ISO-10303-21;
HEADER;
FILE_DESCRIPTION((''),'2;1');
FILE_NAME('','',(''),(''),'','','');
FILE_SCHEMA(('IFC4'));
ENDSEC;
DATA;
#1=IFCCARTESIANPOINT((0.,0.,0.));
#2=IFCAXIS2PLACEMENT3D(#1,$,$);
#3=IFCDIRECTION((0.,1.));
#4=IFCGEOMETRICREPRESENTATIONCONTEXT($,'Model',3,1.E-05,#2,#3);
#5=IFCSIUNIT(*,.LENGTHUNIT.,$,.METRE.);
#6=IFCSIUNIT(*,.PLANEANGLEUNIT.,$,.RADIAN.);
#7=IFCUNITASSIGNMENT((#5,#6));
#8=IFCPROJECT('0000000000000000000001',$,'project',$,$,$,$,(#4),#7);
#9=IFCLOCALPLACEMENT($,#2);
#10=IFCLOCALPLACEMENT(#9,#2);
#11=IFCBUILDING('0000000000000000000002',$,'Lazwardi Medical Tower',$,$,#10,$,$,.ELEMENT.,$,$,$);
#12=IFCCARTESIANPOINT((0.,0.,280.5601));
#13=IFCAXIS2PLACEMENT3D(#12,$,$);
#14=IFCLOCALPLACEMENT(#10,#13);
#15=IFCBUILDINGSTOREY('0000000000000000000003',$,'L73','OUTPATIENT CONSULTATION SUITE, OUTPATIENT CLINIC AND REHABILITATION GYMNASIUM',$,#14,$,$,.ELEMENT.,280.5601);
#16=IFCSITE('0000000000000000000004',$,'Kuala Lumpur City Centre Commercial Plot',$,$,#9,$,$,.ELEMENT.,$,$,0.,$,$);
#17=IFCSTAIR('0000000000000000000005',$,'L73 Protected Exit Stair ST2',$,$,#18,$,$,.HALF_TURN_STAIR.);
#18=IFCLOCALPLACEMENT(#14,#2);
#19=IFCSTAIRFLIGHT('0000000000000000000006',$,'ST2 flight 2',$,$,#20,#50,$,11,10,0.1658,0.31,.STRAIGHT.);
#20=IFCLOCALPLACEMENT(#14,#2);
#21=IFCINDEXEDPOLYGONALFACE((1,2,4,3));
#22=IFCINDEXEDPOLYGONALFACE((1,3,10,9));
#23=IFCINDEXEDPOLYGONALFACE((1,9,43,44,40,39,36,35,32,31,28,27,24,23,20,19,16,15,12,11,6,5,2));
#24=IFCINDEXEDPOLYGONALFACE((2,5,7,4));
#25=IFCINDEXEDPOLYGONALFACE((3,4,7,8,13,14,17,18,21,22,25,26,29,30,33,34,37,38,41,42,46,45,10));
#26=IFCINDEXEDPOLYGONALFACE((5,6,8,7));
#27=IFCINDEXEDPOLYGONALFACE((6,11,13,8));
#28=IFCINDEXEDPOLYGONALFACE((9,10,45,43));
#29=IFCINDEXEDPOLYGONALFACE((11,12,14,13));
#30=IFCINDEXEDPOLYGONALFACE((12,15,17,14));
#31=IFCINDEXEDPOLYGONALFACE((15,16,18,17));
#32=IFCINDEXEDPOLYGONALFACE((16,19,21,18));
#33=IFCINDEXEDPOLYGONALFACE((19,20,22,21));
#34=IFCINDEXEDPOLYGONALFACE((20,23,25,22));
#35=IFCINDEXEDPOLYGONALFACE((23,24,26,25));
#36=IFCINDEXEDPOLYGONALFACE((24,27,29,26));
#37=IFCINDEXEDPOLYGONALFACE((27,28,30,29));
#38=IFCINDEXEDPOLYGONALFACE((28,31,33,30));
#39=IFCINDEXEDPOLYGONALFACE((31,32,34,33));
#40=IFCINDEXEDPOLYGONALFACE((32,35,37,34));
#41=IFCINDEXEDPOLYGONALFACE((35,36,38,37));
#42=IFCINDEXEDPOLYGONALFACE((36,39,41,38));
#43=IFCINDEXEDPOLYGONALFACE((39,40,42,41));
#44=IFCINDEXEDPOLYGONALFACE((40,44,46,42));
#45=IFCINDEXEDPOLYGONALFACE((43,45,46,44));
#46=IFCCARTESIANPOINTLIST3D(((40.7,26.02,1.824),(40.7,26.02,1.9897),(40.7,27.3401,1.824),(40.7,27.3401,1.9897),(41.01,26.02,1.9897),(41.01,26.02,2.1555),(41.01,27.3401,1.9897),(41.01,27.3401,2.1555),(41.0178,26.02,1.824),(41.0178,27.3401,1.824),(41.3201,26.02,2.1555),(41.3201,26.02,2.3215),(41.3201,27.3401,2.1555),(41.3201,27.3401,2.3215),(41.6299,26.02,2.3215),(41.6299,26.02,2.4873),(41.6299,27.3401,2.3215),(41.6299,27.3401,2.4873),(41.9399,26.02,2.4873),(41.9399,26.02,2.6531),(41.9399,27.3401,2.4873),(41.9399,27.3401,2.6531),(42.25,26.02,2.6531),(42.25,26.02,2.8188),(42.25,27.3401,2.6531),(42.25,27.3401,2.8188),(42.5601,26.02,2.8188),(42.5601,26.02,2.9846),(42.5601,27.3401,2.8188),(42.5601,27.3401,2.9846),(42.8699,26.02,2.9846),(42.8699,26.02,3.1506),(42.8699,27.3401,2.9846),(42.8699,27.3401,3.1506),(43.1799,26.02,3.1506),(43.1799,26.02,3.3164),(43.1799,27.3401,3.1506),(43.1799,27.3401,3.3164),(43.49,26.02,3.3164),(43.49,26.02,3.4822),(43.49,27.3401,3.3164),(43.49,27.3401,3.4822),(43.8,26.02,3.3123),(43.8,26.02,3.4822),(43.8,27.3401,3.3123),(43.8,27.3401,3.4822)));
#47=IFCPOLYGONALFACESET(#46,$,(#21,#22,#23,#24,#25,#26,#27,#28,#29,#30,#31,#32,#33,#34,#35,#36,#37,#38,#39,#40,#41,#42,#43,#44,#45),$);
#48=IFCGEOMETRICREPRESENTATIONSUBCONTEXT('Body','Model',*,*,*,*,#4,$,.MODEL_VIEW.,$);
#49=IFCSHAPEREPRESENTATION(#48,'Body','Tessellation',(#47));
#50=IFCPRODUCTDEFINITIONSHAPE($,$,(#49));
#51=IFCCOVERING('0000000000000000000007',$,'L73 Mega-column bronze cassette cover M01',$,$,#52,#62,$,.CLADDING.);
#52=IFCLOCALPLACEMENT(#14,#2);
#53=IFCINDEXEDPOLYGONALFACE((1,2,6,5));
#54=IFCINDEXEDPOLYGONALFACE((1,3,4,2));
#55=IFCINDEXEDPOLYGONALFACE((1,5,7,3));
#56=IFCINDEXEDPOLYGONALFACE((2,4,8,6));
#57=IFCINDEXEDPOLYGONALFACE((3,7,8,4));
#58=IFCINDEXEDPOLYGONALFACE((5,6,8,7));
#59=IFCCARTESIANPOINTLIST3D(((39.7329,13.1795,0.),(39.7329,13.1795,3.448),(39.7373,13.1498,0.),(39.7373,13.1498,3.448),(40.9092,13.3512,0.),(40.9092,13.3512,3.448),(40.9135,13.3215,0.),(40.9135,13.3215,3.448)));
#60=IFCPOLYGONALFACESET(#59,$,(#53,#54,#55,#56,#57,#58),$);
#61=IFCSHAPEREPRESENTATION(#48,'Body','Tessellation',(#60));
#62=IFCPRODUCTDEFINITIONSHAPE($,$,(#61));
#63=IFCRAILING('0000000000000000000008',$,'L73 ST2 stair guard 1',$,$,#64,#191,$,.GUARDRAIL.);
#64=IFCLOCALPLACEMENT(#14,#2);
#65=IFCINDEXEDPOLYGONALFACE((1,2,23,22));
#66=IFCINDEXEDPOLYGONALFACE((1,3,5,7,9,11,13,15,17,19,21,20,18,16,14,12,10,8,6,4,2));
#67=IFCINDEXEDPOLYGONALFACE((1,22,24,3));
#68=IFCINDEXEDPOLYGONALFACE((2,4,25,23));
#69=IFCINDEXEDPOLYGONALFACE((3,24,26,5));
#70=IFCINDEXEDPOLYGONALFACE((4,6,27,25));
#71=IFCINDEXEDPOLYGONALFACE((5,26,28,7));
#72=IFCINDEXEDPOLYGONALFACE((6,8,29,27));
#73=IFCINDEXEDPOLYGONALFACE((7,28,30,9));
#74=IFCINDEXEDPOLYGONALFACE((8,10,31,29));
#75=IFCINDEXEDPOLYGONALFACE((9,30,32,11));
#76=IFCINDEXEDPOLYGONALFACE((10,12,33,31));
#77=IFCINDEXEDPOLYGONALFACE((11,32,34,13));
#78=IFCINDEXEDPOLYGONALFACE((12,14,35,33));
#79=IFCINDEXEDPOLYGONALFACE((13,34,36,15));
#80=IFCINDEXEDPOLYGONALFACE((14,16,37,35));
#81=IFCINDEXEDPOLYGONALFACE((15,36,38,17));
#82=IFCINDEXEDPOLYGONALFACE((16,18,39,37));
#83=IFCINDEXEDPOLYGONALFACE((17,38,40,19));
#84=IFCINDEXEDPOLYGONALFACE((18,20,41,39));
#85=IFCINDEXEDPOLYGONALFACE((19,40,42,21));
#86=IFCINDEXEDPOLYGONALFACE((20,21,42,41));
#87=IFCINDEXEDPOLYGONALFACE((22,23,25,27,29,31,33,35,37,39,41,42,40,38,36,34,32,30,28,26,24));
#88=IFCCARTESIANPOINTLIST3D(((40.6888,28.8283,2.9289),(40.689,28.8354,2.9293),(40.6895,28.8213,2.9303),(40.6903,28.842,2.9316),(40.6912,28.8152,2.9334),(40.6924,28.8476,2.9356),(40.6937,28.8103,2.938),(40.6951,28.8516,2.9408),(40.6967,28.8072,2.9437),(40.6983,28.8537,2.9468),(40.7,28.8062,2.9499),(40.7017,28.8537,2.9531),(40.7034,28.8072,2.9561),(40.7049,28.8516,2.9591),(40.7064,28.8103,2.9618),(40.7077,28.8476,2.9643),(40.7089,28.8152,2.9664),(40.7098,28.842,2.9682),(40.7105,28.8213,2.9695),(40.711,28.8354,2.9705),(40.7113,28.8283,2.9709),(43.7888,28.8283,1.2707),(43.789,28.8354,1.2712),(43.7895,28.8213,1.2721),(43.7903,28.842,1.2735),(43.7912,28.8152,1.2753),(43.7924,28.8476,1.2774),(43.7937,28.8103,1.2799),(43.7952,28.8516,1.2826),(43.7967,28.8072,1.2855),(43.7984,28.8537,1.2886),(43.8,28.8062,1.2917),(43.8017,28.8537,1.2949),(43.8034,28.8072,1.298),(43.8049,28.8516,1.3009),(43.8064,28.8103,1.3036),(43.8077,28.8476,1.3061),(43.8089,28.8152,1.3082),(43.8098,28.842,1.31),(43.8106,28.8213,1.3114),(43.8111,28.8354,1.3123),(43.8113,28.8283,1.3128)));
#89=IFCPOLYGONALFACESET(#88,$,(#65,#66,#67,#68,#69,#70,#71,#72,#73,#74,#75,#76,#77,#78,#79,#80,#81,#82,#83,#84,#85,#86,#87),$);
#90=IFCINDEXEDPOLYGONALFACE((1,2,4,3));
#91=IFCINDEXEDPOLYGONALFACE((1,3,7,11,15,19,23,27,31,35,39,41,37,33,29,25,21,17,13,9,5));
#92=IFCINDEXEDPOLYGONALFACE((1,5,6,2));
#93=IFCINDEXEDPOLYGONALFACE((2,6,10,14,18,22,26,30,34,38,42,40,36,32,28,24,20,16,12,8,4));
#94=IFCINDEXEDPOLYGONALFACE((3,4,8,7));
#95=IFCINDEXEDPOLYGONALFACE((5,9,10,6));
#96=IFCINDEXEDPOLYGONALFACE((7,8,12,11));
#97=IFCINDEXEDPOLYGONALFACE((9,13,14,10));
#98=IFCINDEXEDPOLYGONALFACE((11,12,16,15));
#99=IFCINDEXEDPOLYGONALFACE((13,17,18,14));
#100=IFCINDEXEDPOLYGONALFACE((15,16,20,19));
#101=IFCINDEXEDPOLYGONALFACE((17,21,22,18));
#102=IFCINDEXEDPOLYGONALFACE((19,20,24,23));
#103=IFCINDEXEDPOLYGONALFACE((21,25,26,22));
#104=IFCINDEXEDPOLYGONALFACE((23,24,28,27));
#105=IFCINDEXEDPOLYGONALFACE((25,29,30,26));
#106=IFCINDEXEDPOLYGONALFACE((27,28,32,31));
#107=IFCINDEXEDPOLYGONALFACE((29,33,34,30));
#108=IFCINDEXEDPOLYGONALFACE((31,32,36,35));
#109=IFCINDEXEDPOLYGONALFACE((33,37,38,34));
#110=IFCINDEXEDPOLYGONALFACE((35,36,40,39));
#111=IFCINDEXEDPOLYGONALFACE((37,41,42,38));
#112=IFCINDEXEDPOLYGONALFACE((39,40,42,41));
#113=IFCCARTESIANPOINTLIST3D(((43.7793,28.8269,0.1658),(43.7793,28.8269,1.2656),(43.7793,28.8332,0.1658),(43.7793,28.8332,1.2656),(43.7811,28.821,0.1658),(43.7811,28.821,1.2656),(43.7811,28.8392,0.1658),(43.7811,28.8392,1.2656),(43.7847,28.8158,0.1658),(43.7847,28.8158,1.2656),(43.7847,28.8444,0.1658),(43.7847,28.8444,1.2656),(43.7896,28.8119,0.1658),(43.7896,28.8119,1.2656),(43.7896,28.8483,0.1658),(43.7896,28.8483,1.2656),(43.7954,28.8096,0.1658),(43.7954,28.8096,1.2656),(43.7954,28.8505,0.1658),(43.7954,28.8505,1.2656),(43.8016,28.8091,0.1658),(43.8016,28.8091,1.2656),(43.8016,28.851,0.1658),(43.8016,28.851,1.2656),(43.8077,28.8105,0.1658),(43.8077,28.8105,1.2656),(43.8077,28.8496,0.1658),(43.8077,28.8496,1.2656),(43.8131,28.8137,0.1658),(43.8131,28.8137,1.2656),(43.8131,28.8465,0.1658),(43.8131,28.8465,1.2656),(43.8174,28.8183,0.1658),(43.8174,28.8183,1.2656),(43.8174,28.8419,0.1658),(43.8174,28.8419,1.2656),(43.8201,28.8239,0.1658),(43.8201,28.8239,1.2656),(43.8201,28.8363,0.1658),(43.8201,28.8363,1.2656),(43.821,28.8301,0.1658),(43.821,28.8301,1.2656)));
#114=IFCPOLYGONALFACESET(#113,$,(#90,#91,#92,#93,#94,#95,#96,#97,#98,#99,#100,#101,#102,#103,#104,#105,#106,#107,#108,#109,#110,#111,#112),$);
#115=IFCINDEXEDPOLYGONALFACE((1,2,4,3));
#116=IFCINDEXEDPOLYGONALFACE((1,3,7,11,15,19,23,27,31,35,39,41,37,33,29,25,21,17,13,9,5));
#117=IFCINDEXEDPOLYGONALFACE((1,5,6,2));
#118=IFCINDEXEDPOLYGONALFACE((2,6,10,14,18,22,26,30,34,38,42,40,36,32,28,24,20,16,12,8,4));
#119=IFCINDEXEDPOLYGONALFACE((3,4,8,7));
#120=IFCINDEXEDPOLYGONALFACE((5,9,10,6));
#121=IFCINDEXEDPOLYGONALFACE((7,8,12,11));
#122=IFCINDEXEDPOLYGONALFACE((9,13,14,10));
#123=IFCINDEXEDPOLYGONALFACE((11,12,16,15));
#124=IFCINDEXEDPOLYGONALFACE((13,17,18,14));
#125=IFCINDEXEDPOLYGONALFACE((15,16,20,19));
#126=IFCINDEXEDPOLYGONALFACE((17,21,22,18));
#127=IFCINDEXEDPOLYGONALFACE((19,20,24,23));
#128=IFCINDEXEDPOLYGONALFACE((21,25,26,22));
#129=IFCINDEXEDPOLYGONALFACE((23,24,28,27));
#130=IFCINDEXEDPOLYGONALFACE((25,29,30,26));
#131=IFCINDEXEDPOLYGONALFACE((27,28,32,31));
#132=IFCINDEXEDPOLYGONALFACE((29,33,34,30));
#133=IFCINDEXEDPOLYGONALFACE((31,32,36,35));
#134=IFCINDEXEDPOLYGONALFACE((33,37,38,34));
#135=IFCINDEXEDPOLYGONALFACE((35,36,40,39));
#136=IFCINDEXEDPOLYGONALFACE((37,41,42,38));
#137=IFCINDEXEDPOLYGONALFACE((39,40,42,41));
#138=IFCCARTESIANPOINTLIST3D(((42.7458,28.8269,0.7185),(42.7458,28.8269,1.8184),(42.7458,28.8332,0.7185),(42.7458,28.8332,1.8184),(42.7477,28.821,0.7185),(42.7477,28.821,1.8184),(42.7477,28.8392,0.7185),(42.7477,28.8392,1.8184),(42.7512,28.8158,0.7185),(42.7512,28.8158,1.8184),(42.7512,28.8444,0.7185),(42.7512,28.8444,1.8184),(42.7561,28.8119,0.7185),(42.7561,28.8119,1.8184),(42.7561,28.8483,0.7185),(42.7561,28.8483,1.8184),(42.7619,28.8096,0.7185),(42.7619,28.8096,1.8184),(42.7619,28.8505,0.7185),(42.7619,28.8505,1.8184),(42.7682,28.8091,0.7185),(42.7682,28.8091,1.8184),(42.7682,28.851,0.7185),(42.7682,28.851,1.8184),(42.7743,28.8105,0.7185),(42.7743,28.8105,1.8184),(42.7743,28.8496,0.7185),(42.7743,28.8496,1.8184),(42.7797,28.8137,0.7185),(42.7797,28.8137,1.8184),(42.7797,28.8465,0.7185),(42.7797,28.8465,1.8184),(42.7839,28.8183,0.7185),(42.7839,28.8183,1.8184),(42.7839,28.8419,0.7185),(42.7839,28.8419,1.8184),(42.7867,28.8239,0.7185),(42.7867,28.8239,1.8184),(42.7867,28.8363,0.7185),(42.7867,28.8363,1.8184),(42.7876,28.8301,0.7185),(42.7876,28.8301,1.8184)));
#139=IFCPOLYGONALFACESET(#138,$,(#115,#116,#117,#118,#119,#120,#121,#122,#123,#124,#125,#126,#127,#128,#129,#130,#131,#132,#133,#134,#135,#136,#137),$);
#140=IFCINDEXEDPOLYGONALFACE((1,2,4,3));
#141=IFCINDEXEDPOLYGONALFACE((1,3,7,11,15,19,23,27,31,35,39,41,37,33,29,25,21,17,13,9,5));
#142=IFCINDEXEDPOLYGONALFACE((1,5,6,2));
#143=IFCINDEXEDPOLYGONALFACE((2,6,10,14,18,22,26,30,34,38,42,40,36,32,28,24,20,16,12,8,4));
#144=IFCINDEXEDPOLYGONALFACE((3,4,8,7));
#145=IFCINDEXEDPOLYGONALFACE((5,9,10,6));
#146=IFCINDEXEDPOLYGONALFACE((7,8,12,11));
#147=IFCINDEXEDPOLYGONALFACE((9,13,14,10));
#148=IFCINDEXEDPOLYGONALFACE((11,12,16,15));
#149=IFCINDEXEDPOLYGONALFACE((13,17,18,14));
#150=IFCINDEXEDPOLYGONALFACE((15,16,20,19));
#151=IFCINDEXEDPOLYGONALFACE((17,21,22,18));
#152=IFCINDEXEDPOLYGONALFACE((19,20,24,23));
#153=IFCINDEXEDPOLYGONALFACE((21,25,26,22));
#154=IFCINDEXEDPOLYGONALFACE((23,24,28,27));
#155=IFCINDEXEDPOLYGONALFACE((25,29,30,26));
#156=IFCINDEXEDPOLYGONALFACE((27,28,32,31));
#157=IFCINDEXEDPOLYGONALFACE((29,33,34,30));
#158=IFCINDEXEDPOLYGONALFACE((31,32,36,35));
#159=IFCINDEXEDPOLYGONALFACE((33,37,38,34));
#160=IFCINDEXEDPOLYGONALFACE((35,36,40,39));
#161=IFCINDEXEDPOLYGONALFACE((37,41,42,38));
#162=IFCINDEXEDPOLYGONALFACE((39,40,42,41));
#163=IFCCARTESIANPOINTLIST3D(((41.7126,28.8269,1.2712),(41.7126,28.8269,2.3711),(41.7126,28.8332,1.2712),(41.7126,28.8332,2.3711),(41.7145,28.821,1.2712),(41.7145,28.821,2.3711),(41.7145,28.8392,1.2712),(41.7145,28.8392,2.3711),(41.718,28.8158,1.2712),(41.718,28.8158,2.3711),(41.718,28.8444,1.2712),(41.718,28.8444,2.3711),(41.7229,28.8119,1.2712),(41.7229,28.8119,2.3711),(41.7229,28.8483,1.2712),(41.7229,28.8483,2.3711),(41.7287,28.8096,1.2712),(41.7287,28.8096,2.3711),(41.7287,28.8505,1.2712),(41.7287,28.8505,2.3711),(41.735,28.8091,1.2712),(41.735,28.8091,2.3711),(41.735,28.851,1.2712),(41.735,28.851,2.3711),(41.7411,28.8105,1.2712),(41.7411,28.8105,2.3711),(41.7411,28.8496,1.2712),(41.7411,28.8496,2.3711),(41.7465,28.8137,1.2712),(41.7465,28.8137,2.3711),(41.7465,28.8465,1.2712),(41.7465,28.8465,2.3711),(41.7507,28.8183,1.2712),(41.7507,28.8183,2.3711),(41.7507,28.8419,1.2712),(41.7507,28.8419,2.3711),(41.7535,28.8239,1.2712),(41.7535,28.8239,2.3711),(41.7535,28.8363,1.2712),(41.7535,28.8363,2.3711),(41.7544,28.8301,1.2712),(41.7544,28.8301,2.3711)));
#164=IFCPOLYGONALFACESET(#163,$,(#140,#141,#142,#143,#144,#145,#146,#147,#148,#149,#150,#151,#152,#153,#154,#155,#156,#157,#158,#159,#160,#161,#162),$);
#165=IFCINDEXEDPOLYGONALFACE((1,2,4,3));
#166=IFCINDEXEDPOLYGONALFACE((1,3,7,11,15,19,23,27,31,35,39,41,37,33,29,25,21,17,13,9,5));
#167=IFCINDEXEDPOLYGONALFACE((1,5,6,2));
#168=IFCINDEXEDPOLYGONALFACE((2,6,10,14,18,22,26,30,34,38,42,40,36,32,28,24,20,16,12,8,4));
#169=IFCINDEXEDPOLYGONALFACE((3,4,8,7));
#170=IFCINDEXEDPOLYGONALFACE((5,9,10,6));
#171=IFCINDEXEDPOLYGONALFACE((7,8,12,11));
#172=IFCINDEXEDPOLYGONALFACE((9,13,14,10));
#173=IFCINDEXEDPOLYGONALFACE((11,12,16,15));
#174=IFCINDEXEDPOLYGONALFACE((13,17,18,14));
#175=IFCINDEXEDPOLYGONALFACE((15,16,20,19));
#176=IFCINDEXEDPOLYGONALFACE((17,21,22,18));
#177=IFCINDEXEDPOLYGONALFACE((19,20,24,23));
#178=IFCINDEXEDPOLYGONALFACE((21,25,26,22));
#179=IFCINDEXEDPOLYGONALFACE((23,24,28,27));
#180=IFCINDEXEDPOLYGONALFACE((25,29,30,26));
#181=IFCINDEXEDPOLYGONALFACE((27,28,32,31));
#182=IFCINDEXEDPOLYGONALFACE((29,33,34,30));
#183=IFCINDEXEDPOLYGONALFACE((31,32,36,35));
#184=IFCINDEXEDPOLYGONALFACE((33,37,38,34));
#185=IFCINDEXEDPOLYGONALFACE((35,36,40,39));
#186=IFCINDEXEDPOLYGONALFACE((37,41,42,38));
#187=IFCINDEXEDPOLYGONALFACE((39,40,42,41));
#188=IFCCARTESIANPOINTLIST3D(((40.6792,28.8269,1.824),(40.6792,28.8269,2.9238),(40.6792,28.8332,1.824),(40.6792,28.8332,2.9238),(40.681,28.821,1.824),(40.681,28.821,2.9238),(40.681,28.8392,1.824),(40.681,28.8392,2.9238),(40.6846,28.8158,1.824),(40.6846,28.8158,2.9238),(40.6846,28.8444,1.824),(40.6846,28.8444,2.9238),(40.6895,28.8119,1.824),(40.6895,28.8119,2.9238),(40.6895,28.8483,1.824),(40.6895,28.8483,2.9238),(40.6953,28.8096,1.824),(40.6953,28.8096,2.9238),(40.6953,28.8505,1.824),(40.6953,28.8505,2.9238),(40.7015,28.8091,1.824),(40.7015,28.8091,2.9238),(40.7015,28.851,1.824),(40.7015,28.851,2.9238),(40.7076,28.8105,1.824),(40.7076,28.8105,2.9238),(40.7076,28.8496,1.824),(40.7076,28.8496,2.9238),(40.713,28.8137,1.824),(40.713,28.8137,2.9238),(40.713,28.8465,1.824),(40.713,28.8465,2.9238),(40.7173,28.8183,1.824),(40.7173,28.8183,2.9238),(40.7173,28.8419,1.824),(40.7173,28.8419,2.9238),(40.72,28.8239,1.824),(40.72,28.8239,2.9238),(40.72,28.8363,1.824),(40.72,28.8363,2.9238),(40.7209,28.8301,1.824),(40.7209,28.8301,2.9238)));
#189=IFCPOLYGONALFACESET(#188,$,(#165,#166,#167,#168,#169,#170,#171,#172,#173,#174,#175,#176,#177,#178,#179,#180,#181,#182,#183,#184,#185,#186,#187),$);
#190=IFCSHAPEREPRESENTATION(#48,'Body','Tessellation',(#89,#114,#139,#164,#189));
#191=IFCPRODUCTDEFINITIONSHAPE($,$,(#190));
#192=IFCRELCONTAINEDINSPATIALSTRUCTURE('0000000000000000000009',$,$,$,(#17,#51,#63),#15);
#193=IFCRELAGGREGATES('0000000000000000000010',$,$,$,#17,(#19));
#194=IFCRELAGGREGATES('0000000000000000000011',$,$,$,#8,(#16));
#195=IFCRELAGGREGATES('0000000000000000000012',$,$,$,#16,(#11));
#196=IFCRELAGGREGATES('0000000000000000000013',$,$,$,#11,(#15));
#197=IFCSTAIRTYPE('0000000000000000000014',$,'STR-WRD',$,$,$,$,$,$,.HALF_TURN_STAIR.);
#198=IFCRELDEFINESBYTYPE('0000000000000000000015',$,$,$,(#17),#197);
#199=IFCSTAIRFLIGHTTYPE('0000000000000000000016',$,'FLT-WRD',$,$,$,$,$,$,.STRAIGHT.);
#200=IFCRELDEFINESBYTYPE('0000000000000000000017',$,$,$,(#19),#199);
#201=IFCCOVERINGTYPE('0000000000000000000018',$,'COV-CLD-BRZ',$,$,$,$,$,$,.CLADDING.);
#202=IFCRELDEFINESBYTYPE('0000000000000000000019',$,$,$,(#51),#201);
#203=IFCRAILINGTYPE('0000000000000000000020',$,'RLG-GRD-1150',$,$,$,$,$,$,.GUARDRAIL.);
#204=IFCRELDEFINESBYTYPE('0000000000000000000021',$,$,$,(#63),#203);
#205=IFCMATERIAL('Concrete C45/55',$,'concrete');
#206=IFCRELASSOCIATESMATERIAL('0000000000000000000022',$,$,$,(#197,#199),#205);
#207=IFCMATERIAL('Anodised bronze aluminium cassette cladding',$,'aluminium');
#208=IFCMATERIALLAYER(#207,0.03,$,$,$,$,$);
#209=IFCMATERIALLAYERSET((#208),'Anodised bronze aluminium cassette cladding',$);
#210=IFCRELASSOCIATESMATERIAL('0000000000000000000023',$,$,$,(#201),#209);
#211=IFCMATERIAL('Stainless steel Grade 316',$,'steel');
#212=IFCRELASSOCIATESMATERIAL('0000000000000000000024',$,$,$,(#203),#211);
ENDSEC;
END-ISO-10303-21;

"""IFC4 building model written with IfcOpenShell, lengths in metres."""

from ifc_helpers import new_model, si_unit, direction, frame, origin, origin_2d, place, context, subcontext, project, spatial, polyline, rectangle, circle, outline, extrude, material, layer, layer_set, type_object, element, aggregate, save


model = new_model("IFC4")

# Units and contexts
model_context = context("Model", 3, precision=1e-05, world=origin(), true_north=direction((0.0, 1.0)))
body_context = subcontext(model_context, "Body", "Model", "MODEL_VIEW")
ifc_project = project(units=[si_unit("LENGTHUNIT", "METRE"), si_unit("PLANEANGLEUNIT", "RADIAN")], contexts=[model_context])

# Site, building, storey
site_placement = place(None, origin())
site = spatial("IfcSite", under=ifc_project, at=site_placement, Name="Kuala Lumpur City Centre Commercial Plot", CompositionType="ELEMENT", RefElevation=0.0)
building_placement = place(site_placement, origin())
building = spatial("IfcBuilding", under=site, at=building_placement, Name="Lazwardi Medical Tower", CompositionType="ELEMENT")
storey_placement = place(building_placement, frame((0.0, 0.0, 280.5601)))
storey = spatial("IfcBuildingStorey", under=building, at=storey_placement, Name="L73", Description="OUTPATIENT CONSULTATION SUITE, OUTPATIENT CLINIC AND REHABILITATION GYMNASIUM", CompositionType="ELEMENT", Elevation=280.5601)

# Stair, stair flight
ifc_material_1 = material(Name="Concrete C45/55", Category="concrete")
stair_type = type_object("IfcStairType", Name="STR-WRD", PredefinedType="HALF_TURN_STAIR", material=ifc_material_1)
stair_placement = place(storey_placement, origin())
stair = element("IfcStair", 1, at=stair_placement, inside=storey, type_object=stair_type, Name="L73 Protected Exit Stair ST2", PredefinedType="HALF_TURN_STAIR")
stair_flight_type = type_object("IfcStairFlightType", Name="FLT-WRD", PredefinedType="STRAIGHT", material=ifc_material_1)
stair_flight_placement = place(storey_placement, frame((40.7, 26.6799, 1.824), z_axis=(0.0, 0.0, 1.0), x_axis=(1.0, 0.0, 0.0)))
stair_flight = element("IfcStairFlight", 2, at=stair_flight_placement, type_object=stair_flight_type, Name="ST2 flight 2", NumberOfRisers=11, NumberOfTreads=10, PredefinedType="STRAIGHT", RiserHeight=0.1658, TreadLength=0.31, context=body_context, shape_type="SweptSolid", body=[
    extrude(outline(polyline([(0.0, 0.0), (0.0, 0.1658), (0.3101, 0.1658), (0.3101, 0.3315), (0.6201, 0.3315), (0.6201, 0.4976), (0.9299, 0.4976), (0.9299, 0.6633), (1.24, 0.6633), (1.24, 0.8291), (1.55, 0.8291), (1.55, 0.9949), (1.8601, 0.9949), (1.8601, 1.1606), (2.1699, 1.1606), (2.1699, 1.3267), (2.48, 1.3267), (2.48, 1.4924), (2.79, 1.4924), (2.79, 1.6582), (3.1001, 1.6582), (3.1001, 1.824), (3.1001, 1.4883), (0.3179, 0.0), (0.0, 0.0)])), frame((0.0, 0.6602, 0.0), z_axis=(0.0, -1.0, 0.0), x_axis=(1.0, 0.0, 0.0)), (0.0, 0.0, 1.0), 1.3201),
])
aggregate(stair, [stair_flight])

# Covering
ifc_material_2 = material(Name="Anodised bronze aluminium cassette cladding", Category="aluminium")
ifc_layer_1 = layer(ifc_material_2, 0.03)
ifc_layer_set_1 = layer_set([ifc_layer_1], Name="Anodised bronze aluminium cassette cladding")
covering_type = type_object("IfcCoveringType", Name="COV-CLD-BRZ", PredefinedType="CLADDING", material=ifc_layer_set_1)
covering_placement = place(storey_placement, frame((40.3232, 13.2505, 0.0), z_axis=(0.0, 0.0, 1.0), x_axis=(0.989512, 0.144448, 0.0)))
element("IfcCovering", 3, at=covering_placement, inside=storey, type_object=covering_type, Name="L73 Mega-column bronze cassette cover M01", PredefinedType="CLADDING", context=body_context, shape_type="SweptSolid", body=[
    extrude(rectangle(XDim=1.1887, YDim=0.03, at=origin_2d()), origin(), (0.0, 0.0, 1.0), 3.448),
])

# Railing
ifc_material_3 = material(Name="Stainless steel Grade 316", Category="steel")
railing_type_1 = type_object("IfcRailingType", Name="RLG-GRD-1150", PredefinedType="GUARDRAIL", material=ifc_material_3)
railing_1_placement = place(storey_placement, frame((43.8, 28.8301, 0.1658)))
element("IfcRailing", 4, at=railing_1_placement, inside=storey, type_object=railing_type_1, Name="L73 ST2 stair guard 1", PredefinedType="GUARDRAIL", context=body_context, shape_type="SweptSolid", body=[
    extrude(circle(Radius=0.0239, at=origin_2d()), frame((0.0, 0.0, 1.126), z_axis=(-0.881783, 0.0, 0.471655), x_axis=(0.0, -1.0, 0.0)), (0.0, 0.0, 1.0), 3.5156),
    extrude(circle(Radius=0.021, at=origin_2d()), origin(), (0.0, 0.0, 1.0), 1.0999),
    extrude(circle(Radius=0.021, at=origin_2d()), frame((-1.0334, 0.0, 0.5527)), (0.0, 0.0, 1.0), 1.0999),
    extrude(circle(Radius=0.021, at=origin_2d()), frame((-2.0667, 0.0, 1.1055)), (0.0, 0.0, 1.0), 1.0999),
    extrude(circle(Radius=0.021, at=origin_2d()), frame((-3.1001, 0.0, 1.6582)), (0.0, 0.0, 1.0), 1.0999),
])

save(model, "model.ifc")
